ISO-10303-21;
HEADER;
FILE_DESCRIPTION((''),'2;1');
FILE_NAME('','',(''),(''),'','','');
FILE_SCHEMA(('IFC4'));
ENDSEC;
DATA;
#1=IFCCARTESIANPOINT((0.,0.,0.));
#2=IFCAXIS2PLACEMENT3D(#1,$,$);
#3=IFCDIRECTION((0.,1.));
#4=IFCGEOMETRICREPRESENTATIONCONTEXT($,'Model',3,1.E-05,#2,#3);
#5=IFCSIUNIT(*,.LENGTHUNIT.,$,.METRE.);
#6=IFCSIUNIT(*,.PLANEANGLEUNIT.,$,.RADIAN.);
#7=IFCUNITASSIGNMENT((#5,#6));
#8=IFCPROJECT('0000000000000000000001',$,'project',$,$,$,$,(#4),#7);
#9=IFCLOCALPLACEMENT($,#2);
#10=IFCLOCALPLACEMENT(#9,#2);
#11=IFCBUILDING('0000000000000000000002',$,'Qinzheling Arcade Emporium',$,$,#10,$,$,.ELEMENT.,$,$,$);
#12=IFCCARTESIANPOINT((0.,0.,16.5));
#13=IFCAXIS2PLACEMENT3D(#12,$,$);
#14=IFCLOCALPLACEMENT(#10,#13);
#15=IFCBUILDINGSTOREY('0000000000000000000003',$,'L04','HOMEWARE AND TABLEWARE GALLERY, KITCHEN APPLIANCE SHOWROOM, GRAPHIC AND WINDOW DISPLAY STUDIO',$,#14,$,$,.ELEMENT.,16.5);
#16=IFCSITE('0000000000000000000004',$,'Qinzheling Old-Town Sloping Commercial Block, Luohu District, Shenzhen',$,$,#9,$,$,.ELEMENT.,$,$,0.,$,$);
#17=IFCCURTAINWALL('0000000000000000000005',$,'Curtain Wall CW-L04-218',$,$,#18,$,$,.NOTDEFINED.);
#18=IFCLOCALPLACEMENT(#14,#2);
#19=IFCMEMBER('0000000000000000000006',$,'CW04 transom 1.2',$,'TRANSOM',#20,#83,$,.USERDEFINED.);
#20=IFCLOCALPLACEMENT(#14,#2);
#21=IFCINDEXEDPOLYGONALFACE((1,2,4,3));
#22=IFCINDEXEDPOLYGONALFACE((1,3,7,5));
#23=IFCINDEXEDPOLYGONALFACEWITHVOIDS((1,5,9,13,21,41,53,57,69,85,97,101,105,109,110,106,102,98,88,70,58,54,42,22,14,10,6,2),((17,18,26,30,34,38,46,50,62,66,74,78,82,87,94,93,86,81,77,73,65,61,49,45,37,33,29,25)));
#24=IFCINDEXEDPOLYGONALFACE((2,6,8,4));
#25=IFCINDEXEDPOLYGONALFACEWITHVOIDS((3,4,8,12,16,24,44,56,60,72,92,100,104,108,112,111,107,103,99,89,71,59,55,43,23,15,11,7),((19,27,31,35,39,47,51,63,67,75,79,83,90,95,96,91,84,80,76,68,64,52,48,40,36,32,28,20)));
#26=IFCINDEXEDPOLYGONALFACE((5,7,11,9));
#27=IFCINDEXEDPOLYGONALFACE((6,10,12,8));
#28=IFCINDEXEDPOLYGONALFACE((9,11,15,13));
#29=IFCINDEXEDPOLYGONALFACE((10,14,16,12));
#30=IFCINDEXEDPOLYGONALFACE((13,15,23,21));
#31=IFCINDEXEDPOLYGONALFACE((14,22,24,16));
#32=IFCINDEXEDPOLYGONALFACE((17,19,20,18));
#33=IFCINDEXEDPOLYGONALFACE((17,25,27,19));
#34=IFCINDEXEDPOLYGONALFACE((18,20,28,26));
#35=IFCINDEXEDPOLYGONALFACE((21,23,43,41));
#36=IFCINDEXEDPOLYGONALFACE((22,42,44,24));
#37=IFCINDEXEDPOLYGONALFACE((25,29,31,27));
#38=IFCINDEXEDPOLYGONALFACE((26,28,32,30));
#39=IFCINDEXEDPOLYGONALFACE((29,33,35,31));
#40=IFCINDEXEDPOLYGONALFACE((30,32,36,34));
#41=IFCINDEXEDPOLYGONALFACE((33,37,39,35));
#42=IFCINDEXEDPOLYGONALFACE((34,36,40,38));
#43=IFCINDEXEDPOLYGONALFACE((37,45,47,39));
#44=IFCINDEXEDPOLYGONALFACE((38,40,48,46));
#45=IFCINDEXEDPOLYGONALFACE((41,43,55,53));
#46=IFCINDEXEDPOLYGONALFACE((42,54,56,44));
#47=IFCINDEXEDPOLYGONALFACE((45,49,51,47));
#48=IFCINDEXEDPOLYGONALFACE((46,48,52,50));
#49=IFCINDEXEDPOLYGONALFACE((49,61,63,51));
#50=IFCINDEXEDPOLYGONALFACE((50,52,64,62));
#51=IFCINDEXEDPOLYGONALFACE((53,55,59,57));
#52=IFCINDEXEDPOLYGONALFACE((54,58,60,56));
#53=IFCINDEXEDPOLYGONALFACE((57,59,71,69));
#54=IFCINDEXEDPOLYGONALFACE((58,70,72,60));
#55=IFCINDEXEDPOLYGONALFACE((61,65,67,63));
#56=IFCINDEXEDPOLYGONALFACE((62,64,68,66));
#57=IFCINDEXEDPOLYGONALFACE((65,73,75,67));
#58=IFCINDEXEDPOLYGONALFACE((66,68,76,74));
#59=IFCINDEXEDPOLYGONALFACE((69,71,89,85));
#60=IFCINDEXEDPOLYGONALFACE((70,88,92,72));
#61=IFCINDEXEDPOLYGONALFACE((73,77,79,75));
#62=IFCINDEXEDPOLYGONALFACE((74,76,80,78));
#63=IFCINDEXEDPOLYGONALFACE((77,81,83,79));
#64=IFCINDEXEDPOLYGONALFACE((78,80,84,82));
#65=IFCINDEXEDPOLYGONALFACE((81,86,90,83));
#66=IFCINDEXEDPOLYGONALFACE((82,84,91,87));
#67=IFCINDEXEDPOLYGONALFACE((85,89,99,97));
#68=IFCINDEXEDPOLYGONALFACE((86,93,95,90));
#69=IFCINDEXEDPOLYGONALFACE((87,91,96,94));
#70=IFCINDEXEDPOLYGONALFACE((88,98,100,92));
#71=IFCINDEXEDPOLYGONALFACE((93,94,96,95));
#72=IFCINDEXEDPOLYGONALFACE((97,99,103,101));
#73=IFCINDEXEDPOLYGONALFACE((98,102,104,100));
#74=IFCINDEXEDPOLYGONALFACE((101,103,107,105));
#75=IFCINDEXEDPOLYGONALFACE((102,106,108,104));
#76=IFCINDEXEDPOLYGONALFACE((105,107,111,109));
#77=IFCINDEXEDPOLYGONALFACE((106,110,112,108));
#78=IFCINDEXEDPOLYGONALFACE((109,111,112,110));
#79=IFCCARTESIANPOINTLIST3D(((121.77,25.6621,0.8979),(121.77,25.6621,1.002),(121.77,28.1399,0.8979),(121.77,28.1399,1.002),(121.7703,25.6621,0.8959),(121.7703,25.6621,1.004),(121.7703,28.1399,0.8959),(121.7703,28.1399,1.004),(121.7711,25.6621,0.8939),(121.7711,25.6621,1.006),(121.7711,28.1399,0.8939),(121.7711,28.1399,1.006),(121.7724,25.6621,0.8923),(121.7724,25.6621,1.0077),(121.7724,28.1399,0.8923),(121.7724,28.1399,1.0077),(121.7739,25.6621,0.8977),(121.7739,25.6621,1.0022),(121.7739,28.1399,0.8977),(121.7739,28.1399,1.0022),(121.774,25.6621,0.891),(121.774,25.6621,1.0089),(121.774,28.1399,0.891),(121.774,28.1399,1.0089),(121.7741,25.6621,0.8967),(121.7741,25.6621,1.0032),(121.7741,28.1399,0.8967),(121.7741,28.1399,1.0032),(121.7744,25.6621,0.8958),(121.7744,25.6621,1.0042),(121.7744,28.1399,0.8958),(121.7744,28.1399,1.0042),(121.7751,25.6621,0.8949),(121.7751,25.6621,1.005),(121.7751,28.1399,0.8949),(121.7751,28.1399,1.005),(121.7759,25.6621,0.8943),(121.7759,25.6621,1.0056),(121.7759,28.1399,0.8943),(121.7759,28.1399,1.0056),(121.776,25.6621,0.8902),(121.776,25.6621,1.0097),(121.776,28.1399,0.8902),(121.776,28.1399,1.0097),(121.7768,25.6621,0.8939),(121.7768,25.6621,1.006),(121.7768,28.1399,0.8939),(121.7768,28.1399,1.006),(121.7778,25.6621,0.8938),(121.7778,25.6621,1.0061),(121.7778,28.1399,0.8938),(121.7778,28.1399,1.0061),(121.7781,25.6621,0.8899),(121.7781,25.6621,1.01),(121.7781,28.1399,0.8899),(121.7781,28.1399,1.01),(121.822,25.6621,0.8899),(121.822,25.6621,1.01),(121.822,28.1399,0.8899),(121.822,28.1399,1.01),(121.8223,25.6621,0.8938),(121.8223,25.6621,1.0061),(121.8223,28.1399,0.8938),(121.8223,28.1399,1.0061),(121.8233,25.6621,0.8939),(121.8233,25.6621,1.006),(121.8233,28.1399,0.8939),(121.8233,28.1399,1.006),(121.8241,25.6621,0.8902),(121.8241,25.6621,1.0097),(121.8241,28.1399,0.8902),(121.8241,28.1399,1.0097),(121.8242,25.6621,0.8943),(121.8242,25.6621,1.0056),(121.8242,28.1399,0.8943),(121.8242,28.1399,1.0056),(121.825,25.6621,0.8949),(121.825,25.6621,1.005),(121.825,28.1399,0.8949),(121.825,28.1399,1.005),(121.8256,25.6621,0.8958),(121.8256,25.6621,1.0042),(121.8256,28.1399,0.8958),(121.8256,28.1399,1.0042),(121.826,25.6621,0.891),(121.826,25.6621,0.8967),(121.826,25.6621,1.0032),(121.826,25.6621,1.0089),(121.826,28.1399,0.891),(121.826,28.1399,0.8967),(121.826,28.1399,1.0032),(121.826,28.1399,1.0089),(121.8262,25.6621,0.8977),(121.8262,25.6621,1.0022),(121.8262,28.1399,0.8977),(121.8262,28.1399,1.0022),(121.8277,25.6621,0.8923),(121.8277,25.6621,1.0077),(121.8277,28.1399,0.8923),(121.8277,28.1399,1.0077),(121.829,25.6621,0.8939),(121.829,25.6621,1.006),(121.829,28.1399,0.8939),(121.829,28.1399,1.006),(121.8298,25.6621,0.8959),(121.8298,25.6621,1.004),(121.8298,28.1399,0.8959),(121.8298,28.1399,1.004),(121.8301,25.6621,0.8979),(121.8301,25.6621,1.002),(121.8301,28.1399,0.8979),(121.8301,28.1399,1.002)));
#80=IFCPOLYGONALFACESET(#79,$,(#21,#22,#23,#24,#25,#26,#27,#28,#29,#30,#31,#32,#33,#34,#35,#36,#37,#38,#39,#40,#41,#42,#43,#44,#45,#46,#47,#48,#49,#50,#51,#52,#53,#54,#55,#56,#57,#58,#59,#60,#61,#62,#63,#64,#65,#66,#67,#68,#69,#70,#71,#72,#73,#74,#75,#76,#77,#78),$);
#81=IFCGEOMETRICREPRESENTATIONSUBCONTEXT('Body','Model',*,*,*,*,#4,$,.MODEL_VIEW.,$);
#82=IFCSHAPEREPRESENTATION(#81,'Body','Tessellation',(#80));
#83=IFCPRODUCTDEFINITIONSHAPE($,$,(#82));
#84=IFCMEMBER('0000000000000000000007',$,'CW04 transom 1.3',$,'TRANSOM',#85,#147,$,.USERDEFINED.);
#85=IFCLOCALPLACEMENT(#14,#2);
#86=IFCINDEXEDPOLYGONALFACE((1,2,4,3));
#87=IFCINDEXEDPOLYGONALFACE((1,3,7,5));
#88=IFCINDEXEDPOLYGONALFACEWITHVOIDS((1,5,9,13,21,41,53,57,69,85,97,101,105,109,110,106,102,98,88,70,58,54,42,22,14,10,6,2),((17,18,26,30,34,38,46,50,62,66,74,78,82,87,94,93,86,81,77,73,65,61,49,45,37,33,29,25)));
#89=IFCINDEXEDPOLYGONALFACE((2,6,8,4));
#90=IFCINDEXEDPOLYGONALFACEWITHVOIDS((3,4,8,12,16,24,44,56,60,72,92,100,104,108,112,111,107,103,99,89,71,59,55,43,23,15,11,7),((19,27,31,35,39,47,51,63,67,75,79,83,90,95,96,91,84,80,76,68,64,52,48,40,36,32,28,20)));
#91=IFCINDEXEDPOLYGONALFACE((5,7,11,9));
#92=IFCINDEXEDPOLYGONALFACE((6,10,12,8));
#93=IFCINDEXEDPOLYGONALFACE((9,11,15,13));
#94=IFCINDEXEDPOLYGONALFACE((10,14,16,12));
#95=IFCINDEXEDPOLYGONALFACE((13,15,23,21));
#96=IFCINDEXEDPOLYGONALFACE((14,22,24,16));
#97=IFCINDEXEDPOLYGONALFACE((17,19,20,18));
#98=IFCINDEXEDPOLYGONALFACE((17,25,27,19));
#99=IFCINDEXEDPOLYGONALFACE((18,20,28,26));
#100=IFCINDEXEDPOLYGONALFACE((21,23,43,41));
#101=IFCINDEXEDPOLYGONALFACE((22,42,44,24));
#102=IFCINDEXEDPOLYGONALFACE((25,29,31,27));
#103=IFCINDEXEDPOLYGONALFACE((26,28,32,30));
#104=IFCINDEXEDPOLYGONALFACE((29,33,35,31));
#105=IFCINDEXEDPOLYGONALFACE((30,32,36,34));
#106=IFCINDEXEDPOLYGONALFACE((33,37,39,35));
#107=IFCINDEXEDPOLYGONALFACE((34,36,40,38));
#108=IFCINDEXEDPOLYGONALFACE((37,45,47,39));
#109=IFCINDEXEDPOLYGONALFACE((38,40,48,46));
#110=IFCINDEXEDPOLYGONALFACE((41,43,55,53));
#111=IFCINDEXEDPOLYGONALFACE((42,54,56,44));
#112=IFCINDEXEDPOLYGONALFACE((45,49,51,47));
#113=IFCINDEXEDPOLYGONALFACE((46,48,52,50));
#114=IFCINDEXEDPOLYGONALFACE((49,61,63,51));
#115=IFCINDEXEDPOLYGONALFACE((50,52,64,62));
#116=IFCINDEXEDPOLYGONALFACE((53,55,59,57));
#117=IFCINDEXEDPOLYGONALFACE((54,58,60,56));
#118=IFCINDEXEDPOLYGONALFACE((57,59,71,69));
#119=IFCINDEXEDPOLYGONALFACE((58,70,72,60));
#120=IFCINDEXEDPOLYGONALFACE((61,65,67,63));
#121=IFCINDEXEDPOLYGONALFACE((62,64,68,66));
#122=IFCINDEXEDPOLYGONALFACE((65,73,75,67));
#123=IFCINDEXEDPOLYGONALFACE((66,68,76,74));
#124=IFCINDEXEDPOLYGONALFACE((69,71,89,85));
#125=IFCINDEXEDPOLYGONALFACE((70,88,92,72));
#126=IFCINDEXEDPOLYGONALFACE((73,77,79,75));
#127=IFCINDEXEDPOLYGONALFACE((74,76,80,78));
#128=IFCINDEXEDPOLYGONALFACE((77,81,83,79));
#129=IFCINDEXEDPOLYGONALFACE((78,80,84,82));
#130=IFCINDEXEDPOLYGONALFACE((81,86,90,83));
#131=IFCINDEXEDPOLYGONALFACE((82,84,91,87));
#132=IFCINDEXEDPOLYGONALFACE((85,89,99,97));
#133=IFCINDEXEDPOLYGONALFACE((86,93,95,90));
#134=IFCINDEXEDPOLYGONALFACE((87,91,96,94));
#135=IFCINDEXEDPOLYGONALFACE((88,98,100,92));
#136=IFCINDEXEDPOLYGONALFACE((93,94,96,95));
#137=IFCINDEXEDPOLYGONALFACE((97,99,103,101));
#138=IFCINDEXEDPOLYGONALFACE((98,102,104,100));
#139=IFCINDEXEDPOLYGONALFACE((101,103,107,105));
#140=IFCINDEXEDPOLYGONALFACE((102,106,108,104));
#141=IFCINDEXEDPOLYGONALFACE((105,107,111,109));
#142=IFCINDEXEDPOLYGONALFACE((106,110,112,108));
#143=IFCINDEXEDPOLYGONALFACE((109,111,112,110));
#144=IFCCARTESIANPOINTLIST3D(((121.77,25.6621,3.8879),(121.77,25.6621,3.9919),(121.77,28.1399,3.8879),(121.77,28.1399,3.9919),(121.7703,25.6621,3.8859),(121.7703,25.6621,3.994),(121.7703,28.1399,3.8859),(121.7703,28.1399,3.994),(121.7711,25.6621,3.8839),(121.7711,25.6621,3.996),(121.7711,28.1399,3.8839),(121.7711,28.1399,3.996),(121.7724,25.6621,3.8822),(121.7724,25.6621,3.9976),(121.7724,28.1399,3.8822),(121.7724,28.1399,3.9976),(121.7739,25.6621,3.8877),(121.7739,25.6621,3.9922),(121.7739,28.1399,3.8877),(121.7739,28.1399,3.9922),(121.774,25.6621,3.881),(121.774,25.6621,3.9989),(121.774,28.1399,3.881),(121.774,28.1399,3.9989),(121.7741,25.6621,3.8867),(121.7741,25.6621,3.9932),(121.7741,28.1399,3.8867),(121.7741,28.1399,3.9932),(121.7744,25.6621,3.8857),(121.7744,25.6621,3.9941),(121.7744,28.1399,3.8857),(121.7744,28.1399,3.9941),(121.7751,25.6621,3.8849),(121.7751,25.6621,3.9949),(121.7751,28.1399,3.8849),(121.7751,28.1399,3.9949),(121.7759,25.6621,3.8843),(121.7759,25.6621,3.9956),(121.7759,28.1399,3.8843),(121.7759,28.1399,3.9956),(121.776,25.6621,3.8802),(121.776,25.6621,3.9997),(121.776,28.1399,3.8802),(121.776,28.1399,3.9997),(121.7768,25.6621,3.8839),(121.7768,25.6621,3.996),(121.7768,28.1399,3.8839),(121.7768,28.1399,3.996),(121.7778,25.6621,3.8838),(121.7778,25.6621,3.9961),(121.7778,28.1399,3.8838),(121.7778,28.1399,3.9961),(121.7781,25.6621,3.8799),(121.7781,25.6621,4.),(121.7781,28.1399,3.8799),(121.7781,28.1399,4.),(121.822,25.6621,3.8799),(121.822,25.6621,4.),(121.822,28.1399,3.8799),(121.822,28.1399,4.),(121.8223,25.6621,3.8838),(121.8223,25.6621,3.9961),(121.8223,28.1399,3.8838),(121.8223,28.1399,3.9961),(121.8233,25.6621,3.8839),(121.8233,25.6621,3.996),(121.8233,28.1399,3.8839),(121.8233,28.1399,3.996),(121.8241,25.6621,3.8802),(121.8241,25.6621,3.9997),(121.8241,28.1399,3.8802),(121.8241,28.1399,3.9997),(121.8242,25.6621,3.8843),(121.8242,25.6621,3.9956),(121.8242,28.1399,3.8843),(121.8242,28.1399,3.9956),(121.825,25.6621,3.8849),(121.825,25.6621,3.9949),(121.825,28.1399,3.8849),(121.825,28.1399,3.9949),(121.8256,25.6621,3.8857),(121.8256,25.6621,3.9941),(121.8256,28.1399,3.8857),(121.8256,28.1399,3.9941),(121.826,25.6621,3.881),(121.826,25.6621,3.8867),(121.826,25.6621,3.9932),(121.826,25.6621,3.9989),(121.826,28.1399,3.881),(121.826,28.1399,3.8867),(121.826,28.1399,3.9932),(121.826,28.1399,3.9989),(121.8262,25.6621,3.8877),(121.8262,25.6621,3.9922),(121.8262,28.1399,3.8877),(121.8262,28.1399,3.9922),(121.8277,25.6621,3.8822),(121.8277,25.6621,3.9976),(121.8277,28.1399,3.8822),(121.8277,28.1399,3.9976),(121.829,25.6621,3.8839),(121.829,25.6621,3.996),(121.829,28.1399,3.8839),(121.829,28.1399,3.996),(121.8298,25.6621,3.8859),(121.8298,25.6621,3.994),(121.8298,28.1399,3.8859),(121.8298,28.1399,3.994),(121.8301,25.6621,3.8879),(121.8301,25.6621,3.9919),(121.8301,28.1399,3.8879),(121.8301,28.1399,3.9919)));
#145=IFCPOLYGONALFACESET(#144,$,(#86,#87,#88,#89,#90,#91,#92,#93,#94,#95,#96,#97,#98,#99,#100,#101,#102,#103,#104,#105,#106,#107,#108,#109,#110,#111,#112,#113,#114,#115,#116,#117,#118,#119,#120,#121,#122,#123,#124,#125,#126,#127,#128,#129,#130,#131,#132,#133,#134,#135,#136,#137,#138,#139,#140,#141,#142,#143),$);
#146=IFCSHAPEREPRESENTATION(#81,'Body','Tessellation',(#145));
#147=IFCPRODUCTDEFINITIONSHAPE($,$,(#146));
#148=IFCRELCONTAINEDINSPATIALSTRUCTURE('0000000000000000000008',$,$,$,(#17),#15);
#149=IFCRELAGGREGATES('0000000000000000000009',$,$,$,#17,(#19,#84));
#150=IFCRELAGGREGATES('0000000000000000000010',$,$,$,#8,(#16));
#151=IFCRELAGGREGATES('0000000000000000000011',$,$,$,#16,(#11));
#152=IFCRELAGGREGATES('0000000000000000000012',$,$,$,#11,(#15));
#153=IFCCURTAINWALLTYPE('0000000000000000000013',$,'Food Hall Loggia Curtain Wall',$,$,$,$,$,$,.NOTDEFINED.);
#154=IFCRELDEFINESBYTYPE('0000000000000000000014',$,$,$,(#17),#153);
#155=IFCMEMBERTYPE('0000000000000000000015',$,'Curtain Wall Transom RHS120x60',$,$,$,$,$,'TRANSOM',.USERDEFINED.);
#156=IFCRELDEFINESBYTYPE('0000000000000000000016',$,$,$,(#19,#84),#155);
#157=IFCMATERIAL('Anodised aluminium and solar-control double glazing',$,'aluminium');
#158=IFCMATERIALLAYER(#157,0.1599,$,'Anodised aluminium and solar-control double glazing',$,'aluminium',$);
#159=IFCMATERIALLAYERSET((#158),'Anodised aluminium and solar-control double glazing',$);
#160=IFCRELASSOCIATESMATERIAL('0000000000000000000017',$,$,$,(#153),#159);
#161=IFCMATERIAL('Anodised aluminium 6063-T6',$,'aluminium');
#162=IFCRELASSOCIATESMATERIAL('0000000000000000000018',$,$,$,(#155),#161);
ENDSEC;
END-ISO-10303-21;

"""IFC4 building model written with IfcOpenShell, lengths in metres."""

from ifc_helpers import new_model, si_unit, direction, frame, origin, origin_2d, place, context, subcontext, project, spatial, hollow_rectangle, extrude, material, layer, layer_set, material_profile, profile_set, type_object, element, aggregate, save


model = new_model("IFC4")

# Units and contexts
model_context = context("Model", 3, precision=1e-05, world=origin(), true_north=direction((0.0, 1.0)))
body_context = subcontext(model_context, "Body", "Model", "MODEL_VIEW")
ifc_project = project(units=[si_unit("LENGTHUNIT", "METRE"), si_unit("PLANEANGLEUNIT", "RADIAN")], contexts=[model_context])

# Site, building, storey
site_placement = place(None, origin())
site = spatial("IfcSite", under=ifc_project, at=site_placement, Name="Qinzheling Old-Town Sloping Commercial Block, Luohu District, Shenzhen", CompositionType="ELEMENT", RefElevation=0.0)
building_placement = place(site_placement, origin())
building = spatial("IfcBuilding", under=site, at=building_placement, Name="Qinzheling Arcade Emporium", CompositionType="ELEMENT")
storey_placement = place(building_placement, frame((0.0, 0.0, 16.5)))
storey = spatial("IfcBuildingStorey", under=building, at=storey_placement, Name="L04", Description="HOMEWARE AND TABLEWARE GALLERY, KITCHEN APPLIANCE SHOWROOM, GRAPHIC AND WINDOW DISPLAY STUDIO", CompositionType="ELEMENT", Elevation=16.5)

# Curtain wall
ifc_material_1 = material(Name="Anodised aluminium and solar-control double glazing", Category="aluminium")
ifc_layer_1 = layer(ifc_material_1, 0.1599, Name="Anodised aluminium and solar-control double glazing", Category="aluminium")
ifc_layer_set_1 = layer_set([ifc_layer_1], Name="Anodised aluminium and solar-control double glazing")
curtain_wall_type = type_object("IfcCurtainWallType", Name="Food Hall Loggia Curtain Wall", PredefinedType="NOTDEFINED", material=ifc_layer_set_1)
curtain_wall_1_placement = place(storey_placement, origin())
curtain_wall_1 = element("IfcCurtainWall", 1, at=curtain_wall_1_placement, inside=storey, type_object=curtain_wall_type, Name="Curtain Wall CW-L04-218", PredefinedType="NOTDEFINED")
ifc_material_2 = material(Name="Anodised aluminium 6063-T6", Category="aluminium")

# Members
ifc_material_profile_1 = material_profile(ifc_material_2, hollow_rectangle(XDim=0.0601, YDim=0.1201, WallThickness=0.0039, InnerFilletRadius=0.0039, OuterFilletRadius=0.0081, at=origin_2d()), Name="RHS 120x60x4", Category="aluminium")
ifc_profile_set_1 = profile_set([ifc_material_profile_1], Name="Anodised aluminium 6063-T6")
member_type_1 = type_object("IfcMemberType", Name="Curtain Wall Transom RHS120x60", ElementType="TRANSOM", PredefinedType="USERDEFINED", material=ifc_profile_set_1)
member_1_placement = place(storey_placement, frame((121.8, 25.6621, 0.95), z_axis=(0.0, 1.0, 0.0), x_axis=(-1.0, 0.0, 0.0)))
member_1 = element("IfcMember", 2, at=member_1_placement, type_object=member_type_1, Name="CW04 transom 1.2", ObjectType="TRANSOM", PredefinedType="USERDEFINED", context=body_context, shape_type="SweptSolid", body=[
    extrude(hollow_rectangle(XDim=0.0601, YDim=0.1201, WallThickness=0.0039, InnerFilletRadius=0.0039, OuterFilletRadius=0.0081, at=origin_2d()), origin(), (0.0, 0.0, 1.0), 2.4778),
])
member_2_placement = place(storey_placement, frame((121.8, 25.6621, 3.9399), z_axis=(0.0, 1.0, 0.0), x_axis=(-1.0, 0.0, 0.0)))
member_2 = element("IfcMember", 3, at=member_2_placement, type_object=member_type_1, Name="CW04 transom 1.3", ObjectType="TRANSOM", PredefinedType="USERDEFINED", context=body_context, shape_type="SweptSolid", body=[
    extrude(hollow_rectangle(XDim=0.0601, YDim=0.1201, WallThickness=0.0039, InnerFilletRadius=0.0039, OuterFilletRadius=0.0081, at=origin_2d()), origin(), (0.0, 0.0, 1.0), 2.4778),
])

aggregate(curtain_wall_1, [member_1, member_2])

save(model, "model.ifc")
